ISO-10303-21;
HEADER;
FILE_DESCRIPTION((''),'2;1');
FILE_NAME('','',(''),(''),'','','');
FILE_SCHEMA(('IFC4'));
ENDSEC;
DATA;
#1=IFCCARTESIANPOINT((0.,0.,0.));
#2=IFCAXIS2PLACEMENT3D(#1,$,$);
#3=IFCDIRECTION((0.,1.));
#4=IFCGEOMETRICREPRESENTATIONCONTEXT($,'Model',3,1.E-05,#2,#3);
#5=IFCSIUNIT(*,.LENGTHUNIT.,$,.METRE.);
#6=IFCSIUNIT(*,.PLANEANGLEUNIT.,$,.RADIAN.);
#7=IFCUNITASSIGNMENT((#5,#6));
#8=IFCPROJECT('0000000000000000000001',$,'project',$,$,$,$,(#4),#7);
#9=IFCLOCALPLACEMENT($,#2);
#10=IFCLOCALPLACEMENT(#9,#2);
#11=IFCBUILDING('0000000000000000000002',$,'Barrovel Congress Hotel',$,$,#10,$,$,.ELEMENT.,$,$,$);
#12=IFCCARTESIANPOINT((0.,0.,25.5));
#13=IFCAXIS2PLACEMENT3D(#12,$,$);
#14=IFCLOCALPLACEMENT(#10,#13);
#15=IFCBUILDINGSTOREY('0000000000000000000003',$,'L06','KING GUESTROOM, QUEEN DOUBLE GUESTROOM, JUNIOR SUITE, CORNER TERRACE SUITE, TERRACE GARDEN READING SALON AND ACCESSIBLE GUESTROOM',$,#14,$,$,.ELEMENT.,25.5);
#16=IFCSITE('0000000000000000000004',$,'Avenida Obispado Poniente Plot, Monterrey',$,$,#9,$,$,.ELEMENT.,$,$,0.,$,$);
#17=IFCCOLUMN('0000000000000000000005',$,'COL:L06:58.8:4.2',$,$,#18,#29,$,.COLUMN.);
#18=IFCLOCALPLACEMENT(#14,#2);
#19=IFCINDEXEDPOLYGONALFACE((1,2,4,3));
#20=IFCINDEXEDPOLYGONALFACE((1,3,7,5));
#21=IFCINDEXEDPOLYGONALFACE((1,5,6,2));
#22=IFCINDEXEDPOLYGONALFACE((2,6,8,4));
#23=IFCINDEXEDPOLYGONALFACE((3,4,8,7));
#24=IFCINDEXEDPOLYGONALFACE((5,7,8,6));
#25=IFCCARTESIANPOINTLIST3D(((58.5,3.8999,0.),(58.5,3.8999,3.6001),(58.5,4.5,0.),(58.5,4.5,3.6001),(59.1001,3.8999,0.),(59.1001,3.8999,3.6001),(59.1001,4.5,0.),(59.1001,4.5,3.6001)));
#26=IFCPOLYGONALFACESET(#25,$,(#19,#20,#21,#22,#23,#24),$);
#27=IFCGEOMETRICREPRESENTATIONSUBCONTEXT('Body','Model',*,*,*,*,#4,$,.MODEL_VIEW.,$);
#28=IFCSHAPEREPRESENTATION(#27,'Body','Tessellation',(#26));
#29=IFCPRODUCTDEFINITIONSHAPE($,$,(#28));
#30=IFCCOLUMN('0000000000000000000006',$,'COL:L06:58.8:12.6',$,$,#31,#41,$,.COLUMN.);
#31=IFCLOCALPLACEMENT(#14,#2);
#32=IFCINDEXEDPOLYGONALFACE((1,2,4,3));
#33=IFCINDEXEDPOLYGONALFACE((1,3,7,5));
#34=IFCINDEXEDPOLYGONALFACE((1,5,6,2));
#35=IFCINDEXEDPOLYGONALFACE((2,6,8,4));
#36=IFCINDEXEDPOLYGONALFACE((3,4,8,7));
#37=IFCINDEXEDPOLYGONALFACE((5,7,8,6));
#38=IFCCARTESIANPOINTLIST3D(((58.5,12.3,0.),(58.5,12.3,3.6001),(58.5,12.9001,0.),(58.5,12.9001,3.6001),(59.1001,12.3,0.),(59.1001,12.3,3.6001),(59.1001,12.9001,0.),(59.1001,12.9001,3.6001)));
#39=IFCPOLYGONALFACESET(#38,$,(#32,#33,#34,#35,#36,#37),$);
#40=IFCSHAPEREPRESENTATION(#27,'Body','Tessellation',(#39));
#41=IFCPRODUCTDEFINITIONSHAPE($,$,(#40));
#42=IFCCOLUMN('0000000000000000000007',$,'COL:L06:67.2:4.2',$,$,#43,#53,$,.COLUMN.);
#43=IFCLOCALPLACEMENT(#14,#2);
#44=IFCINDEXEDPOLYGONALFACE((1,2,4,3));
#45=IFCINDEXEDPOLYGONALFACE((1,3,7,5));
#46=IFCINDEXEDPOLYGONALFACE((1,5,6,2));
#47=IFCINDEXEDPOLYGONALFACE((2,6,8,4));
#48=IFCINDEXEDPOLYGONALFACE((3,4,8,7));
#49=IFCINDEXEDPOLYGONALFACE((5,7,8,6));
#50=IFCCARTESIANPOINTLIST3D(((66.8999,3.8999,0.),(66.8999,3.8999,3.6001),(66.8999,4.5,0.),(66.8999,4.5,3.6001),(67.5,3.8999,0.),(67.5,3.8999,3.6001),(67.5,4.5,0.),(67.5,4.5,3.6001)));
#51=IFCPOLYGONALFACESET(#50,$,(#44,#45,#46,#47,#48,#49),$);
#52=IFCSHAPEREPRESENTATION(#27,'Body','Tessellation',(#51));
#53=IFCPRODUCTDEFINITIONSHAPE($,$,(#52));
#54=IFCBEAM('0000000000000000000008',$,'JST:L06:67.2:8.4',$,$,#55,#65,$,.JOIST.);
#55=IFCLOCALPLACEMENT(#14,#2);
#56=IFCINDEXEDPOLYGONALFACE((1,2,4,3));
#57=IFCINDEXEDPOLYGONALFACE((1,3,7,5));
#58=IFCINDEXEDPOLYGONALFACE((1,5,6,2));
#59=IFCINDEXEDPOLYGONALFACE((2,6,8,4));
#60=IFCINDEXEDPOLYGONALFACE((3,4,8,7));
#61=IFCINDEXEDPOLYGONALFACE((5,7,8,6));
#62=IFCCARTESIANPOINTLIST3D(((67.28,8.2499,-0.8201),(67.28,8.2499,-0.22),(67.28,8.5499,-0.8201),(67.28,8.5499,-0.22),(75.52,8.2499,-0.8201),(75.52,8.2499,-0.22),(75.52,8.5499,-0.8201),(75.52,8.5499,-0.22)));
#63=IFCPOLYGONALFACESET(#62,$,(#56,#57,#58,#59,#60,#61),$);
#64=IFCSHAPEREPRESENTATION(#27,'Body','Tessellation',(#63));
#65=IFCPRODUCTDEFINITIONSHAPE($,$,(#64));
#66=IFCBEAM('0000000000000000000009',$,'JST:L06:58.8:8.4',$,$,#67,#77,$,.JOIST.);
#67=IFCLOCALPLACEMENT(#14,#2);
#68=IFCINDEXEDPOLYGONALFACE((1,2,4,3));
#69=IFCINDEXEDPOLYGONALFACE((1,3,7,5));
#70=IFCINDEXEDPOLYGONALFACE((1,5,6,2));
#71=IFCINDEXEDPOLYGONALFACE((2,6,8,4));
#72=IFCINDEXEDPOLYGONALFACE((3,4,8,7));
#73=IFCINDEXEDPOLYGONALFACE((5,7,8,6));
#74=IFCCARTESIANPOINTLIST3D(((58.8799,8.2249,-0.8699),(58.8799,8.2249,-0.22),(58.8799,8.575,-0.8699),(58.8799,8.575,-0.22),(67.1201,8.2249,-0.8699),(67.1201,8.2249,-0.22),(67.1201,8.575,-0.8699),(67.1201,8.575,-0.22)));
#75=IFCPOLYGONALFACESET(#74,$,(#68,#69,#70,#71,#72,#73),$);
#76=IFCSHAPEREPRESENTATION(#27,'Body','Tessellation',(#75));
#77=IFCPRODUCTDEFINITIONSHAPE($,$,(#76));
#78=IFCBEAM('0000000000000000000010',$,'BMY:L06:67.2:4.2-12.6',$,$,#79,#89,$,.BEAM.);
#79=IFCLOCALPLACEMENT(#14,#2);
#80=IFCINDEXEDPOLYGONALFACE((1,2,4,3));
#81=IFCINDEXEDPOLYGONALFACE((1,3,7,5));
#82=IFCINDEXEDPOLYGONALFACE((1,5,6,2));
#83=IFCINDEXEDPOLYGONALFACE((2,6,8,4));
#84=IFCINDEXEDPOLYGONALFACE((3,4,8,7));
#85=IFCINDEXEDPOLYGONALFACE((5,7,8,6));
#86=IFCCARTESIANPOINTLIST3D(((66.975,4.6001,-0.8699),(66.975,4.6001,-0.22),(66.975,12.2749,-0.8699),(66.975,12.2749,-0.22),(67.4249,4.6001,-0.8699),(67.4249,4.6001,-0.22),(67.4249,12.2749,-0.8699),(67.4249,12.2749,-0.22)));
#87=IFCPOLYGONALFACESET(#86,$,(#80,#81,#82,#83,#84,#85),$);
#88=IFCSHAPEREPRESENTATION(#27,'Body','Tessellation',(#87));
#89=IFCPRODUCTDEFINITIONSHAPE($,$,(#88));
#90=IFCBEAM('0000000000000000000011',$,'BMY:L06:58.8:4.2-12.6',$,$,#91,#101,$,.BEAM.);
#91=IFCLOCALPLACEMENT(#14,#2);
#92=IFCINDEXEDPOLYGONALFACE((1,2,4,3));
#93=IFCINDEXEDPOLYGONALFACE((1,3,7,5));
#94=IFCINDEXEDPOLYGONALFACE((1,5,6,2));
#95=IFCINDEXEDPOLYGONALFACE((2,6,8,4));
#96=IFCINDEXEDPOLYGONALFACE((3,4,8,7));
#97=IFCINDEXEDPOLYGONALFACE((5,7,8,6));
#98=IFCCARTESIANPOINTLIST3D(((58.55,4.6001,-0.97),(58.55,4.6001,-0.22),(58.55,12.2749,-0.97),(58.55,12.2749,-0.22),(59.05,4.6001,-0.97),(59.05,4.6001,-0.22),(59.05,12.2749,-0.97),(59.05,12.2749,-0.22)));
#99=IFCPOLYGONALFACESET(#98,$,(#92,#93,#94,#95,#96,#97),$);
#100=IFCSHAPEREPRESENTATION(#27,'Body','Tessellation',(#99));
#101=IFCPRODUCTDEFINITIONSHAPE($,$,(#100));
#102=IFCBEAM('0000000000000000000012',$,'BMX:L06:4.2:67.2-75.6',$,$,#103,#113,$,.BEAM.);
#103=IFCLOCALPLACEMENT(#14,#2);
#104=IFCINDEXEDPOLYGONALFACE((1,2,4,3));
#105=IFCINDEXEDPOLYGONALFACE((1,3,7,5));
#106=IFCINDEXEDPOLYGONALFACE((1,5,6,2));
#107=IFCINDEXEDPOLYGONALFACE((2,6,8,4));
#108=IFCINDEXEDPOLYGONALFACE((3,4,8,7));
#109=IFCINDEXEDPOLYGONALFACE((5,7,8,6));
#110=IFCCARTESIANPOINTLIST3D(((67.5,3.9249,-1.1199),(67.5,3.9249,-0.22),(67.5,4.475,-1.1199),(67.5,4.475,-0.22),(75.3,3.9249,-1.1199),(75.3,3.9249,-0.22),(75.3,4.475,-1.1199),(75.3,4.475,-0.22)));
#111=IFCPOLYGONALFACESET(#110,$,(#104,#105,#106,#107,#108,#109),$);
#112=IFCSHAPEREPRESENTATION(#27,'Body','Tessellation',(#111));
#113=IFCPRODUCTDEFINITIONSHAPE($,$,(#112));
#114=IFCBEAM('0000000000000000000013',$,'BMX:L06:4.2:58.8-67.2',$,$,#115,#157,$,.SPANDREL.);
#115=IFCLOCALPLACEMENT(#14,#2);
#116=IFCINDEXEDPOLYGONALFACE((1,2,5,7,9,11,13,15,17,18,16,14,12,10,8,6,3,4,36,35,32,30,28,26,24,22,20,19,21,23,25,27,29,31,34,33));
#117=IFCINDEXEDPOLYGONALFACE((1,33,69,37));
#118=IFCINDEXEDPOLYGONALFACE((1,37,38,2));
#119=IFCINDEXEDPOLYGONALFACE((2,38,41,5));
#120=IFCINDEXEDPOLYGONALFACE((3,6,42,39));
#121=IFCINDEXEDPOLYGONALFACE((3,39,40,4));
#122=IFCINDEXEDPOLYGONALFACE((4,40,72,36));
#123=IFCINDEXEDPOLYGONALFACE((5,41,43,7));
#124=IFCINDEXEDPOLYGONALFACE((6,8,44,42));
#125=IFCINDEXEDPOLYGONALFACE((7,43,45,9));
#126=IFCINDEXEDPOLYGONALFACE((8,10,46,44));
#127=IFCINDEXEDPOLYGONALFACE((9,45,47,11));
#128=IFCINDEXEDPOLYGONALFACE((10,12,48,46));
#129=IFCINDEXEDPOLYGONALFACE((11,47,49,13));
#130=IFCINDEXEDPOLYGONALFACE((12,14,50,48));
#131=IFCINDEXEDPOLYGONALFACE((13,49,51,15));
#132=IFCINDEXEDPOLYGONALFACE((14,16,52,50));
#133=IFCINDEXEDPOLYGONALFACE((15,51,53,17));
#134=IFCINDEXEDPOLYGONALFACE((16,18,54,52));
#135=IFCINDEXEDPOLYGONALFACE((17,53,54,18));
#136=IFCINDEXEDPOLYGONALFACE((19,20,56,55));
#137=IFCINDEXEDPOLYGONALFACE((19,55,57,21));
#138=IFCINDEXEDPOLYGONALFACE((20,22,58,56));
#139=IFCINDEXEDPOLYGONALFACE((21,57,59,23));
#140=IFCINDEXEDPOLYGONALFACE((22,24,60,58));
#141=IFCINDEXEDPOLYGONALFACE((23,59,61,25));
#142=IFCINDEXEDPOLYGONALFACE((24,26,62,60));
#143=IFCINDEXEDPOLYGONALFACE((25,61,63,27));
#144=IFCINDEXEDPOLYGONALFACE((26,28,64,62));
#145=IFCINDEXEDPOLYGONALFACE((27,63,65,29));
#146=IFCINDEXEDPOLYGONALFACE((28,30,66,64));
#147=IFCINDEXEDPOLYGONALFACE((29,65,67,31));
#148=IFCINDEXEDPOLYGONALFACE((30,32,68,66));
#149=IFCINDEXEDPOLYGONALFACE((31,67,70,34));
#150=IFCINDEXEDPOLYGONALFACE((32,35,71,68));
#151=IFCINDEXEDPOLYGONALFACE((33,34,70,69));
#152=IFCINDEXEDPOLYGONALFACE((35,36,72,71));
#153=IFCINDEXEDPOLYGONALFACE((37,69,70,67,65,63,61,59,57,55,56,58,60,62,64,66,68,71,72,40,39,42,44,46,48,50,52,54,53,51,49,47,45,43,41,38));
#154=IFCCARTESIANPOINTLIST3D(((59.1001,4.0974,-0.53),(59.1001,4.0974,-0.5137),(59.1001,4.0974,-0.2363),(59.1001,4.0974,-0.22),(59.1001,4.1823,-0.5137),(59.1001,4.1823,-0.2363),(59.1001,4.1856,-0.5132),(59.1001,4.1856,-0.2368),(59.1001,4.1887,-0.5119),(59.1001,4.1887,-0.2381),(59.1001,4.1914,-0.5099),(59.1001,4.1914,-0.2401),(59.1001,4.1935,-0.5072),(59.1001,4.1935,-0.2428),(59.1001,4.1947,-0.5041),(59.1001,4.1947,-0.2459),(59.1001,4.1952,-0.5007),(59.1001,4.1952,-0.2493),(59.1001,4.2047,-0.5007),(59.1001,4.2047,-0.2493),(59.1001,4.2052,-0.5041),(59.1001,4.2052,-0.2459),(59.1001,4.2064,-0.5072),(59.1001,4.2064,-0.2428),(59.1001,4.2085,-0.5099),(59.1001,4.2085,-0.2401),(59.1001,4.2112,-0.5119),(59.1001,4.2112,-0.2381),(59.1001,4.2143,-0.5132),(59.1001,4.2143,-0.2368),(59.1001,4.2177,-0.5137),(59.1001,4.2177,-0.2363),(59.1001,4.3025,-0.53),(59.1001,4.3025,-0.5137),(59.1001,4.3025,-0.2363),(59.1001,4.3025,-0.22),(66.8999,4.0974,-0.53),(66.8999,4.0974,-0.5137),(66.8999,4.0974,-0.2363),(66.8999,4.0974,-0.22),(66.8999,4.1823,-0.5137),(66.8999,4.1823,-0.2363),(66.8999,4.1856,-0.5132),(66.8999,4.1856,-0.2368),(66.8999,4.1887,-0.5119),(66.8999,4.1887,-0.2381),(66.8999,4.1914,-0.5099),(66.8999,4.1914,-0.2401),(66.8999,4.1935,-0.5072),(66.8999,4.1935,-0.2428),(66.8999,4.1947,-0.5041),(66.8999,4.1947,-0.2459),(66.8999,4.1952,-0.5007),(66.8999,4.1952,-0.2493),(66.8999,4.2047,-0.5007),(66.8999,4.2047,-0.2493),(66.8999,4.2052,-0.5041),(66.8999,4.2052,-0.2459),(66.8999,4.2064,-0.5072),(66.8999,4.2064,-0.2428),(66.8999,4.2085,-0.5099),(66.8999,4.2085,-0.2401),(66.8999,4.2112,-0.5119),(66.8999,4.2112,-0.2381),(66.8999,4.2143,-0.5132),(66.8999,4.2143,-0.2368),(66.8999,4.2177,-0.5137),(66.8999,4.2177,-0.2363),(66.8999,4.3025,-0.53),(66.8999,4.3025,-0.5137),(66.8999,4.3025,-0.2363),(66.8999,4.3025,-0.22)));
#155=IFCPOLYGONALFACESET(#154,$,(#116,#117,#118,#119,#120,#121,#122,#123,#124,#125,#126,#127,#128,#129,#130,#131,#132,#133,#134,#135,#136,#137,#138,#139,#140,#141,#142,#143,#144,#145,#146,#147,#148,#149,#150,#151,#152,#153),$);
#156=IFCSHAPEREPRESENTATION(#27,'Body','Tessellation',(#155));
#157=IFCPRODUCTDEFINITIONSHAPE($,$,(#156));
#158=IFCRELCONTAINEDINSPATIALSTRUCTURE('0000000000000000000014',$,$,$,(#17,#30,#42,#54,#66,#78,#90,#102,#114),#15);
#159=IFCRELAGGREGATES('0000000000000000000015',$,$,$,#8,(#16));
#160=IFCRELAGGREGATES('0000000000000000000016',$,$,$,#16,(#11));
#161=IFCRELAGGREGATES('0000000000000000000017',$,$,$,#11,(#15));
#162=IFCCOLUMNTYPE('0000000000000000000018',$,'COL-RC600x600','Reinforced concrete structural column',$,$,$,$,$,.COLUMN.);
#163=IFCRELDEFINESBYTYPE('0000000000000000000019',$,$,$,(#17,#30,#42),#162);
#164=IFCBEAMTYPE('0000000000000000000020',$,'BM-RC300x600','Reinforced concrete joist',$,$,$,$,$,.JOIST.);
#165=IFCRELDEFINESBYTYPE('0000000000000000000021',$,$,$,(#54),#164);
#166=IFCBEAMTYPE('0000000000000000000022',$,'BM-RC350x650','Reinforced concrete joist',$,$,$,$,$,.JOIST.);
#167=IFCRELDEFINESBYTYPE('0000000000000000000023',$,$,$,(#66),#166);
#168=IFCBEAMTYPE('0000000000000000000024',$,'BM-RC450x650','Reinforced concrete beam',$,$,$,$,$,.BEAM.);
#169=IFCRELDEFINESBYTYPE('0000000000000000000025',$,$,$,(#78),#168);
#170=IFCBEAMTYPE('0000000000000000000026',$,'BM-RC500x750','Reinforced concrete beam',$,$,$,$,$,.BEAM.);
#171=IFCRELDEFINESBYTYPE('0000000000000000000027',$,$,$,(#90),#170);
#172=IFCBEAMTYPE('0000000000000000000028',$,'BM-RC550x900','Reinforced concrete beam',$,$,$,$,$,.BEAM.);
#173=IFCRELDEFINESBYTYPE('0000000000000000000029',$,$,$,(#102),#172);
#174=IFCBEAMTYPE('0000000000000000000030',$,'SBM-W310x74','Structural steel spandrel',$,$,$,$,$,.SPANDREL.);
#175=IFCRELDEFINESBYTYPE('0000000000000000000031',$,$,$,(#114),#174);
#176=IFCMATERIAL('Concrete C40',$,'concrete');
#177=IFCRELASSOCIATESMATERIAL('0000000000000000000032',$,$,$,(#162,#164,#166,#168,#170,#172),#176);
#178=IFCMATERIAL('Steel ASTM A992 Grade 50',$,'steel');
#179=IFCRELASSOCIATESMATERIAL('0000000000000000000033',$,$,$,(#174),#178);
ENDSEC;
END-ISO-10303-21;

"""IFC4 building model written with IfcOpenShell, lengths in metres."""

from ifc_helpers import new_model, si_unit, direction, frame, origin, origin_2d, place, context, subcontext, project, spatial, rectangle, i_section, extrude, material, material_profile, profile_set, type_object, element, save


model = new_model("IFC4")

# Units and contexts
model_context = context("Model", 3, precision=1e-05, world=origin(), true_north=direction((0.0, 1.0)))
body_context = subcontext(model_context, "Body", "Model", "MODEL_VIEW")
ifc_project = project(units=[si_unit("LENGTHUNIT", "METRE"), si_unit("PLANEANGLEUNIT", "RADIAN")], contexts=[model_context])

# Site, building, storey
site_placement = place(None, origin())
site = spatial("IfcSite", under=ifc_project, at=site_placement, Name="Avenida Obispado Poniente Plot, Monterrey", CompositionType="ELEMENT", RefElevation=0.0)
building_placement = place(site_placement, origin())
building = spatial("IfcBuilding", under=site, at=building_placement, Name="Barrovel Congress Hotel", CompositionType="ELEMENT")
storey_placement = place(building_placement, frame((0.0, 0.0, 25.5)))
storey = spatial("IfcBuildingStorey", under=building, at=storey_placement, Name="L06", Description="KING GUESTROOM, QUEEN DOUBLE GUESTROOM, JUNIOR SUITE, CORNER TERRACE SUITE, TERRACE GARDEN READING SALON AND ACCESSIBLE GUESTROOM", CompositionType="ELEMENT", Elevation=25.5)

# Columns
ifc_material_1 = material(Name="Concrete C40", Category="concrete")
ifc_material_profile_1 = material_profile(ifc_material_1, rectangle(XDim=0.6001, YDim=0.6001, at=origin_2d()), Name="RC600x600")
ifc_profile_set_1 = profile_set([ifc_material_profile_1], Name="Concrete C40")
column_type = type_object("IfcColumnType", Name="COL-RC600x600", Description="Reinforced concrete structural column", PredefinedType="COLUMN", material=ifc_profile_set_1)
for number, where, z_axis, x_axis, name in (
    (1, (58.8, 4.2, 0.0), (0.0, 0.0, 1.0), (1.0, 0.0, 0.0), "COL:L06:58.8:4.2"),
    (2, (58.8, 12.6001, 0.0), (0.0, 0.0, 1.0), (1.0, 0.0, 0.0), "COL:L06:58.8:12.6"),
    (3, (67.2, 4.2, 0.0), (0.0, 0.0, 1.0), (1.0, 0.0, 0.0), "COL:L06:67.2:4.2"),
):
    element("IfcColumn", number, at=place(storey_placement, frame(where, z_axis=z_axis, x_axis=x_axis)), inside=storey, type_object=column_type, Name=name, PredefinedType="COLUMN", context=body_context, shape_type="SweptSolid", body=[
        extrude(rectangle(XDim=0.6001, YDim=0.6001, at=origin_2d()), origin(), (0.0, 0.0, 1.0), 3.6001),
    ])

# Beams
ifc_material_profile_2 = material_profile(ifc_material_1, rectangle(XDim=0.3, YDim=0.6001, at=origin_2d()), Name="RC300x600")
ifc_profile_set_2 = profile_set([ifc_material_profile_2], Name="Concrete C40")
beam_type_1 = type_object("IfcBeamType", Name="BM-RC300x600", Description="Reinforced concrete joist", PredefinedType="JOIST", material=ifc_profile_set_2)
beam_1_placement = place(storey_placement, frame((67.28, 8.3999, -0.52), z_axis=(1.0, 0.0, 0.0), x_axis=(0.0, 1.0, 0.0)))
element("IfcBeam", 4, at=beam_1_placement, inside=storey, type_object=beam_type_1, Name="JST:L06:67.2:8.4", PredefinedType="JOIST", context=body_context, shape_type="SweptSolid", body=[
    extrude(rectangle(XDim=0.3, YDim=0.6001, at=origin_2d()), origin(), (0.0, 0.0, 1.0), 8.24),
])
ifc_material_profile_3 = material_profile(ifc_material_1, rectangle(XDim=0.3501, YDim=0.6499, at=origin_2d()), Name="RC350x650")
ifc_profile_set_3 = profile_set([ifc_material_profile_3], Name="Concrete C40")
beam_type_2 = type_object("IfcBeamType", Name="BM-RC350x650", Description="Reinforced concrete joist", PredefinedType="JOIST", material=ifc_profile_set_3)
beam_2_placement = place(storey_placement, frame((58.8799, 8.3999, -0.5449), z_axis=(1.0, 0.0, 0.0), x_axis=(0.0, 1.0, 0.0)))
element("IfcBeam", 5, at=beam_2_placement, inside=storey, type_object=beam_type_2, Name="JST:L06:58.8:8.4", PredefinedType="JOIST", context=body_context, shape_type="SweptSolid", body=[
    extrude(rectangle(XDim=0.3501, YDim=0.6499, at=origin_2d()), origin(), (0.0, 0.0, 1.0), 8.2402),
])
ifc_material_profile_4 = material_profile(ifc_material_1, rectangle(XDim=0.45, YDim=0.6499, at=origin_2d()), Name="RC450x650")
ifc_profile_set_4 = profile_set([ifc_material_profile_4], Name="Concrete C40")
beam_type_3 = type_object("IfcBeamType", Name="BM-RC450x650", Description="Reinforced concrete beam", PredefinedType="BEAM", material=ifc_profile_set_4)
beam_3_placement = place(storey_placement, frame((67.2, 4.6001, -0.5449), z_axis=(0.0, 1.0, 0.0), x_axis=(-1.0, 0.0, 0.0)))
element("IfcBeam", 6, at=beam_3_placement, inside=storey, type_object=beam_type_3, Name="BMY:L06:67.2:4.2-12.6", PredefinedType="BEAM", context=body_context, shape_type="SweptSolid", body=[
    extrude(rectangle(XDim=0.45, YDim=0.6499, at=origin_2d()), origin(), (0.0, 0.0, 1.0), 7.6748),
])
ifc_material_profile_5 = material_profile(ifc_material_1, rectangle(XDim=0.5, YDim=0.75, at=origin_2d()), Name="RC500x750")
ifc_profile_set_5 = profile_set([ifc_material_profile_5], Name="Concrete C40")
beam_type_4 = type_object("IfcBeamType", Name="BM-RC500x750", Description="Reinforced concrete beam", PredefinedType="BEAM", material=ifc_profile_set_5)
beam_4_placement = place(storey_placement, frame((58.8, 4.6001, -0.595), z_axis=(0.0, 1.0, 0.0), x_axis=(-1.0, 0.0, 0.0)))
element("IfcBeam", 7, at=beam_4_placement, inside=storey, type_object=beam_type_4, Name="BMY:L06:58.8:4.2-12.6", PredefinedType="BEAM", context=body_context, shape_type="SweptSolid", body=[
    extrude(rectangle(XDim=0.5, YDim=0.75, at=origin_2d()), origin(), (0.0, 0.0, 1.0), 7.6748),
])
ifc_material_profile_6 = material_profile(ifc_material_1, rectangle(XDim=0.55, YDim=0.8999, at=origin_2d()), Name="RC550x900")
ifc_profile_set_6 = profile_set([ifc_material_profile_6], Name="Concrete C40")
beam_type_5 = type_object("IfcBeamType", Name="BM-RC550x900", Description="Reinforced concrete beam", PredefinedType="BEAM", material=ifc_profile_set_6)
beam_5_placement = place(storey_placement, frame((67.5, 4.2, -0.6699), z_axis=(1.0, 0.0, 0.0), x_axis=(0.0, 1.0, 0.0)))
element("IfcBeam", 8, at=beam_5_placement, inside=storey, type_object=beam_type_5, Name="BMX:L06:4.2:67.2-75.6", PredefinedType="BEAM", context=body_context, shape_type="SweptSolid", body=[
    extrude(rectangle(XDim=0.55, YDim=0.8999, at=origin_2d()), origin(), (0.0, 0.0, 1.0), 7.8),
])
ifc_material_2 = material(Name="Steel ASTM A992 Grade 50", Category="steel")
ifc_material_profile_7 = material_profile(ifc_material_2, i_section(OverallWidth=0.2051, OverallDepth=0.3101, WebThickness=0.0095, FlangeThickness=0.0164, FilletRadius=0.0129, at=origin_2d()), Name="W310x74")
ifc_profile_set_7 = profile_set([ifc_material_profile_7], Name="Steel ASTM A992 Grade 50")
beam_type_6 = type_object("IfcBeamType", Name="SBM-W310x74", Description="Structural steel spandrel", PredefinedType="SPANDREL", material=ifc_profile_set_7)
beam_6_placement = place(storey_placement, frame((59.1001, 4.2, -0.375), z_axis=(1.0, 0.0, 0.0), x_axis=(0.0, 1.0, 0.0)))
element("IfcBeam", 9, at=beam_6_placement, inside=storey, type_object=beam_type_6, Name="BMX:L06:4.2:58.8-67.2", PredefinedType="SPANDREL", context=body_context, shape_type="SweptSolid", body=[
    extrude(i_section(OverallWidth=0.2051, OverallDepth=0.3101, WebThickness=0.0095, FlangeThickness=0.0164, FilletRadius=0.0129, at=origin_2d()), origin(), (0.0, 0.0, 1.0), 7.7998),
])

save(model, "model.ifc")
